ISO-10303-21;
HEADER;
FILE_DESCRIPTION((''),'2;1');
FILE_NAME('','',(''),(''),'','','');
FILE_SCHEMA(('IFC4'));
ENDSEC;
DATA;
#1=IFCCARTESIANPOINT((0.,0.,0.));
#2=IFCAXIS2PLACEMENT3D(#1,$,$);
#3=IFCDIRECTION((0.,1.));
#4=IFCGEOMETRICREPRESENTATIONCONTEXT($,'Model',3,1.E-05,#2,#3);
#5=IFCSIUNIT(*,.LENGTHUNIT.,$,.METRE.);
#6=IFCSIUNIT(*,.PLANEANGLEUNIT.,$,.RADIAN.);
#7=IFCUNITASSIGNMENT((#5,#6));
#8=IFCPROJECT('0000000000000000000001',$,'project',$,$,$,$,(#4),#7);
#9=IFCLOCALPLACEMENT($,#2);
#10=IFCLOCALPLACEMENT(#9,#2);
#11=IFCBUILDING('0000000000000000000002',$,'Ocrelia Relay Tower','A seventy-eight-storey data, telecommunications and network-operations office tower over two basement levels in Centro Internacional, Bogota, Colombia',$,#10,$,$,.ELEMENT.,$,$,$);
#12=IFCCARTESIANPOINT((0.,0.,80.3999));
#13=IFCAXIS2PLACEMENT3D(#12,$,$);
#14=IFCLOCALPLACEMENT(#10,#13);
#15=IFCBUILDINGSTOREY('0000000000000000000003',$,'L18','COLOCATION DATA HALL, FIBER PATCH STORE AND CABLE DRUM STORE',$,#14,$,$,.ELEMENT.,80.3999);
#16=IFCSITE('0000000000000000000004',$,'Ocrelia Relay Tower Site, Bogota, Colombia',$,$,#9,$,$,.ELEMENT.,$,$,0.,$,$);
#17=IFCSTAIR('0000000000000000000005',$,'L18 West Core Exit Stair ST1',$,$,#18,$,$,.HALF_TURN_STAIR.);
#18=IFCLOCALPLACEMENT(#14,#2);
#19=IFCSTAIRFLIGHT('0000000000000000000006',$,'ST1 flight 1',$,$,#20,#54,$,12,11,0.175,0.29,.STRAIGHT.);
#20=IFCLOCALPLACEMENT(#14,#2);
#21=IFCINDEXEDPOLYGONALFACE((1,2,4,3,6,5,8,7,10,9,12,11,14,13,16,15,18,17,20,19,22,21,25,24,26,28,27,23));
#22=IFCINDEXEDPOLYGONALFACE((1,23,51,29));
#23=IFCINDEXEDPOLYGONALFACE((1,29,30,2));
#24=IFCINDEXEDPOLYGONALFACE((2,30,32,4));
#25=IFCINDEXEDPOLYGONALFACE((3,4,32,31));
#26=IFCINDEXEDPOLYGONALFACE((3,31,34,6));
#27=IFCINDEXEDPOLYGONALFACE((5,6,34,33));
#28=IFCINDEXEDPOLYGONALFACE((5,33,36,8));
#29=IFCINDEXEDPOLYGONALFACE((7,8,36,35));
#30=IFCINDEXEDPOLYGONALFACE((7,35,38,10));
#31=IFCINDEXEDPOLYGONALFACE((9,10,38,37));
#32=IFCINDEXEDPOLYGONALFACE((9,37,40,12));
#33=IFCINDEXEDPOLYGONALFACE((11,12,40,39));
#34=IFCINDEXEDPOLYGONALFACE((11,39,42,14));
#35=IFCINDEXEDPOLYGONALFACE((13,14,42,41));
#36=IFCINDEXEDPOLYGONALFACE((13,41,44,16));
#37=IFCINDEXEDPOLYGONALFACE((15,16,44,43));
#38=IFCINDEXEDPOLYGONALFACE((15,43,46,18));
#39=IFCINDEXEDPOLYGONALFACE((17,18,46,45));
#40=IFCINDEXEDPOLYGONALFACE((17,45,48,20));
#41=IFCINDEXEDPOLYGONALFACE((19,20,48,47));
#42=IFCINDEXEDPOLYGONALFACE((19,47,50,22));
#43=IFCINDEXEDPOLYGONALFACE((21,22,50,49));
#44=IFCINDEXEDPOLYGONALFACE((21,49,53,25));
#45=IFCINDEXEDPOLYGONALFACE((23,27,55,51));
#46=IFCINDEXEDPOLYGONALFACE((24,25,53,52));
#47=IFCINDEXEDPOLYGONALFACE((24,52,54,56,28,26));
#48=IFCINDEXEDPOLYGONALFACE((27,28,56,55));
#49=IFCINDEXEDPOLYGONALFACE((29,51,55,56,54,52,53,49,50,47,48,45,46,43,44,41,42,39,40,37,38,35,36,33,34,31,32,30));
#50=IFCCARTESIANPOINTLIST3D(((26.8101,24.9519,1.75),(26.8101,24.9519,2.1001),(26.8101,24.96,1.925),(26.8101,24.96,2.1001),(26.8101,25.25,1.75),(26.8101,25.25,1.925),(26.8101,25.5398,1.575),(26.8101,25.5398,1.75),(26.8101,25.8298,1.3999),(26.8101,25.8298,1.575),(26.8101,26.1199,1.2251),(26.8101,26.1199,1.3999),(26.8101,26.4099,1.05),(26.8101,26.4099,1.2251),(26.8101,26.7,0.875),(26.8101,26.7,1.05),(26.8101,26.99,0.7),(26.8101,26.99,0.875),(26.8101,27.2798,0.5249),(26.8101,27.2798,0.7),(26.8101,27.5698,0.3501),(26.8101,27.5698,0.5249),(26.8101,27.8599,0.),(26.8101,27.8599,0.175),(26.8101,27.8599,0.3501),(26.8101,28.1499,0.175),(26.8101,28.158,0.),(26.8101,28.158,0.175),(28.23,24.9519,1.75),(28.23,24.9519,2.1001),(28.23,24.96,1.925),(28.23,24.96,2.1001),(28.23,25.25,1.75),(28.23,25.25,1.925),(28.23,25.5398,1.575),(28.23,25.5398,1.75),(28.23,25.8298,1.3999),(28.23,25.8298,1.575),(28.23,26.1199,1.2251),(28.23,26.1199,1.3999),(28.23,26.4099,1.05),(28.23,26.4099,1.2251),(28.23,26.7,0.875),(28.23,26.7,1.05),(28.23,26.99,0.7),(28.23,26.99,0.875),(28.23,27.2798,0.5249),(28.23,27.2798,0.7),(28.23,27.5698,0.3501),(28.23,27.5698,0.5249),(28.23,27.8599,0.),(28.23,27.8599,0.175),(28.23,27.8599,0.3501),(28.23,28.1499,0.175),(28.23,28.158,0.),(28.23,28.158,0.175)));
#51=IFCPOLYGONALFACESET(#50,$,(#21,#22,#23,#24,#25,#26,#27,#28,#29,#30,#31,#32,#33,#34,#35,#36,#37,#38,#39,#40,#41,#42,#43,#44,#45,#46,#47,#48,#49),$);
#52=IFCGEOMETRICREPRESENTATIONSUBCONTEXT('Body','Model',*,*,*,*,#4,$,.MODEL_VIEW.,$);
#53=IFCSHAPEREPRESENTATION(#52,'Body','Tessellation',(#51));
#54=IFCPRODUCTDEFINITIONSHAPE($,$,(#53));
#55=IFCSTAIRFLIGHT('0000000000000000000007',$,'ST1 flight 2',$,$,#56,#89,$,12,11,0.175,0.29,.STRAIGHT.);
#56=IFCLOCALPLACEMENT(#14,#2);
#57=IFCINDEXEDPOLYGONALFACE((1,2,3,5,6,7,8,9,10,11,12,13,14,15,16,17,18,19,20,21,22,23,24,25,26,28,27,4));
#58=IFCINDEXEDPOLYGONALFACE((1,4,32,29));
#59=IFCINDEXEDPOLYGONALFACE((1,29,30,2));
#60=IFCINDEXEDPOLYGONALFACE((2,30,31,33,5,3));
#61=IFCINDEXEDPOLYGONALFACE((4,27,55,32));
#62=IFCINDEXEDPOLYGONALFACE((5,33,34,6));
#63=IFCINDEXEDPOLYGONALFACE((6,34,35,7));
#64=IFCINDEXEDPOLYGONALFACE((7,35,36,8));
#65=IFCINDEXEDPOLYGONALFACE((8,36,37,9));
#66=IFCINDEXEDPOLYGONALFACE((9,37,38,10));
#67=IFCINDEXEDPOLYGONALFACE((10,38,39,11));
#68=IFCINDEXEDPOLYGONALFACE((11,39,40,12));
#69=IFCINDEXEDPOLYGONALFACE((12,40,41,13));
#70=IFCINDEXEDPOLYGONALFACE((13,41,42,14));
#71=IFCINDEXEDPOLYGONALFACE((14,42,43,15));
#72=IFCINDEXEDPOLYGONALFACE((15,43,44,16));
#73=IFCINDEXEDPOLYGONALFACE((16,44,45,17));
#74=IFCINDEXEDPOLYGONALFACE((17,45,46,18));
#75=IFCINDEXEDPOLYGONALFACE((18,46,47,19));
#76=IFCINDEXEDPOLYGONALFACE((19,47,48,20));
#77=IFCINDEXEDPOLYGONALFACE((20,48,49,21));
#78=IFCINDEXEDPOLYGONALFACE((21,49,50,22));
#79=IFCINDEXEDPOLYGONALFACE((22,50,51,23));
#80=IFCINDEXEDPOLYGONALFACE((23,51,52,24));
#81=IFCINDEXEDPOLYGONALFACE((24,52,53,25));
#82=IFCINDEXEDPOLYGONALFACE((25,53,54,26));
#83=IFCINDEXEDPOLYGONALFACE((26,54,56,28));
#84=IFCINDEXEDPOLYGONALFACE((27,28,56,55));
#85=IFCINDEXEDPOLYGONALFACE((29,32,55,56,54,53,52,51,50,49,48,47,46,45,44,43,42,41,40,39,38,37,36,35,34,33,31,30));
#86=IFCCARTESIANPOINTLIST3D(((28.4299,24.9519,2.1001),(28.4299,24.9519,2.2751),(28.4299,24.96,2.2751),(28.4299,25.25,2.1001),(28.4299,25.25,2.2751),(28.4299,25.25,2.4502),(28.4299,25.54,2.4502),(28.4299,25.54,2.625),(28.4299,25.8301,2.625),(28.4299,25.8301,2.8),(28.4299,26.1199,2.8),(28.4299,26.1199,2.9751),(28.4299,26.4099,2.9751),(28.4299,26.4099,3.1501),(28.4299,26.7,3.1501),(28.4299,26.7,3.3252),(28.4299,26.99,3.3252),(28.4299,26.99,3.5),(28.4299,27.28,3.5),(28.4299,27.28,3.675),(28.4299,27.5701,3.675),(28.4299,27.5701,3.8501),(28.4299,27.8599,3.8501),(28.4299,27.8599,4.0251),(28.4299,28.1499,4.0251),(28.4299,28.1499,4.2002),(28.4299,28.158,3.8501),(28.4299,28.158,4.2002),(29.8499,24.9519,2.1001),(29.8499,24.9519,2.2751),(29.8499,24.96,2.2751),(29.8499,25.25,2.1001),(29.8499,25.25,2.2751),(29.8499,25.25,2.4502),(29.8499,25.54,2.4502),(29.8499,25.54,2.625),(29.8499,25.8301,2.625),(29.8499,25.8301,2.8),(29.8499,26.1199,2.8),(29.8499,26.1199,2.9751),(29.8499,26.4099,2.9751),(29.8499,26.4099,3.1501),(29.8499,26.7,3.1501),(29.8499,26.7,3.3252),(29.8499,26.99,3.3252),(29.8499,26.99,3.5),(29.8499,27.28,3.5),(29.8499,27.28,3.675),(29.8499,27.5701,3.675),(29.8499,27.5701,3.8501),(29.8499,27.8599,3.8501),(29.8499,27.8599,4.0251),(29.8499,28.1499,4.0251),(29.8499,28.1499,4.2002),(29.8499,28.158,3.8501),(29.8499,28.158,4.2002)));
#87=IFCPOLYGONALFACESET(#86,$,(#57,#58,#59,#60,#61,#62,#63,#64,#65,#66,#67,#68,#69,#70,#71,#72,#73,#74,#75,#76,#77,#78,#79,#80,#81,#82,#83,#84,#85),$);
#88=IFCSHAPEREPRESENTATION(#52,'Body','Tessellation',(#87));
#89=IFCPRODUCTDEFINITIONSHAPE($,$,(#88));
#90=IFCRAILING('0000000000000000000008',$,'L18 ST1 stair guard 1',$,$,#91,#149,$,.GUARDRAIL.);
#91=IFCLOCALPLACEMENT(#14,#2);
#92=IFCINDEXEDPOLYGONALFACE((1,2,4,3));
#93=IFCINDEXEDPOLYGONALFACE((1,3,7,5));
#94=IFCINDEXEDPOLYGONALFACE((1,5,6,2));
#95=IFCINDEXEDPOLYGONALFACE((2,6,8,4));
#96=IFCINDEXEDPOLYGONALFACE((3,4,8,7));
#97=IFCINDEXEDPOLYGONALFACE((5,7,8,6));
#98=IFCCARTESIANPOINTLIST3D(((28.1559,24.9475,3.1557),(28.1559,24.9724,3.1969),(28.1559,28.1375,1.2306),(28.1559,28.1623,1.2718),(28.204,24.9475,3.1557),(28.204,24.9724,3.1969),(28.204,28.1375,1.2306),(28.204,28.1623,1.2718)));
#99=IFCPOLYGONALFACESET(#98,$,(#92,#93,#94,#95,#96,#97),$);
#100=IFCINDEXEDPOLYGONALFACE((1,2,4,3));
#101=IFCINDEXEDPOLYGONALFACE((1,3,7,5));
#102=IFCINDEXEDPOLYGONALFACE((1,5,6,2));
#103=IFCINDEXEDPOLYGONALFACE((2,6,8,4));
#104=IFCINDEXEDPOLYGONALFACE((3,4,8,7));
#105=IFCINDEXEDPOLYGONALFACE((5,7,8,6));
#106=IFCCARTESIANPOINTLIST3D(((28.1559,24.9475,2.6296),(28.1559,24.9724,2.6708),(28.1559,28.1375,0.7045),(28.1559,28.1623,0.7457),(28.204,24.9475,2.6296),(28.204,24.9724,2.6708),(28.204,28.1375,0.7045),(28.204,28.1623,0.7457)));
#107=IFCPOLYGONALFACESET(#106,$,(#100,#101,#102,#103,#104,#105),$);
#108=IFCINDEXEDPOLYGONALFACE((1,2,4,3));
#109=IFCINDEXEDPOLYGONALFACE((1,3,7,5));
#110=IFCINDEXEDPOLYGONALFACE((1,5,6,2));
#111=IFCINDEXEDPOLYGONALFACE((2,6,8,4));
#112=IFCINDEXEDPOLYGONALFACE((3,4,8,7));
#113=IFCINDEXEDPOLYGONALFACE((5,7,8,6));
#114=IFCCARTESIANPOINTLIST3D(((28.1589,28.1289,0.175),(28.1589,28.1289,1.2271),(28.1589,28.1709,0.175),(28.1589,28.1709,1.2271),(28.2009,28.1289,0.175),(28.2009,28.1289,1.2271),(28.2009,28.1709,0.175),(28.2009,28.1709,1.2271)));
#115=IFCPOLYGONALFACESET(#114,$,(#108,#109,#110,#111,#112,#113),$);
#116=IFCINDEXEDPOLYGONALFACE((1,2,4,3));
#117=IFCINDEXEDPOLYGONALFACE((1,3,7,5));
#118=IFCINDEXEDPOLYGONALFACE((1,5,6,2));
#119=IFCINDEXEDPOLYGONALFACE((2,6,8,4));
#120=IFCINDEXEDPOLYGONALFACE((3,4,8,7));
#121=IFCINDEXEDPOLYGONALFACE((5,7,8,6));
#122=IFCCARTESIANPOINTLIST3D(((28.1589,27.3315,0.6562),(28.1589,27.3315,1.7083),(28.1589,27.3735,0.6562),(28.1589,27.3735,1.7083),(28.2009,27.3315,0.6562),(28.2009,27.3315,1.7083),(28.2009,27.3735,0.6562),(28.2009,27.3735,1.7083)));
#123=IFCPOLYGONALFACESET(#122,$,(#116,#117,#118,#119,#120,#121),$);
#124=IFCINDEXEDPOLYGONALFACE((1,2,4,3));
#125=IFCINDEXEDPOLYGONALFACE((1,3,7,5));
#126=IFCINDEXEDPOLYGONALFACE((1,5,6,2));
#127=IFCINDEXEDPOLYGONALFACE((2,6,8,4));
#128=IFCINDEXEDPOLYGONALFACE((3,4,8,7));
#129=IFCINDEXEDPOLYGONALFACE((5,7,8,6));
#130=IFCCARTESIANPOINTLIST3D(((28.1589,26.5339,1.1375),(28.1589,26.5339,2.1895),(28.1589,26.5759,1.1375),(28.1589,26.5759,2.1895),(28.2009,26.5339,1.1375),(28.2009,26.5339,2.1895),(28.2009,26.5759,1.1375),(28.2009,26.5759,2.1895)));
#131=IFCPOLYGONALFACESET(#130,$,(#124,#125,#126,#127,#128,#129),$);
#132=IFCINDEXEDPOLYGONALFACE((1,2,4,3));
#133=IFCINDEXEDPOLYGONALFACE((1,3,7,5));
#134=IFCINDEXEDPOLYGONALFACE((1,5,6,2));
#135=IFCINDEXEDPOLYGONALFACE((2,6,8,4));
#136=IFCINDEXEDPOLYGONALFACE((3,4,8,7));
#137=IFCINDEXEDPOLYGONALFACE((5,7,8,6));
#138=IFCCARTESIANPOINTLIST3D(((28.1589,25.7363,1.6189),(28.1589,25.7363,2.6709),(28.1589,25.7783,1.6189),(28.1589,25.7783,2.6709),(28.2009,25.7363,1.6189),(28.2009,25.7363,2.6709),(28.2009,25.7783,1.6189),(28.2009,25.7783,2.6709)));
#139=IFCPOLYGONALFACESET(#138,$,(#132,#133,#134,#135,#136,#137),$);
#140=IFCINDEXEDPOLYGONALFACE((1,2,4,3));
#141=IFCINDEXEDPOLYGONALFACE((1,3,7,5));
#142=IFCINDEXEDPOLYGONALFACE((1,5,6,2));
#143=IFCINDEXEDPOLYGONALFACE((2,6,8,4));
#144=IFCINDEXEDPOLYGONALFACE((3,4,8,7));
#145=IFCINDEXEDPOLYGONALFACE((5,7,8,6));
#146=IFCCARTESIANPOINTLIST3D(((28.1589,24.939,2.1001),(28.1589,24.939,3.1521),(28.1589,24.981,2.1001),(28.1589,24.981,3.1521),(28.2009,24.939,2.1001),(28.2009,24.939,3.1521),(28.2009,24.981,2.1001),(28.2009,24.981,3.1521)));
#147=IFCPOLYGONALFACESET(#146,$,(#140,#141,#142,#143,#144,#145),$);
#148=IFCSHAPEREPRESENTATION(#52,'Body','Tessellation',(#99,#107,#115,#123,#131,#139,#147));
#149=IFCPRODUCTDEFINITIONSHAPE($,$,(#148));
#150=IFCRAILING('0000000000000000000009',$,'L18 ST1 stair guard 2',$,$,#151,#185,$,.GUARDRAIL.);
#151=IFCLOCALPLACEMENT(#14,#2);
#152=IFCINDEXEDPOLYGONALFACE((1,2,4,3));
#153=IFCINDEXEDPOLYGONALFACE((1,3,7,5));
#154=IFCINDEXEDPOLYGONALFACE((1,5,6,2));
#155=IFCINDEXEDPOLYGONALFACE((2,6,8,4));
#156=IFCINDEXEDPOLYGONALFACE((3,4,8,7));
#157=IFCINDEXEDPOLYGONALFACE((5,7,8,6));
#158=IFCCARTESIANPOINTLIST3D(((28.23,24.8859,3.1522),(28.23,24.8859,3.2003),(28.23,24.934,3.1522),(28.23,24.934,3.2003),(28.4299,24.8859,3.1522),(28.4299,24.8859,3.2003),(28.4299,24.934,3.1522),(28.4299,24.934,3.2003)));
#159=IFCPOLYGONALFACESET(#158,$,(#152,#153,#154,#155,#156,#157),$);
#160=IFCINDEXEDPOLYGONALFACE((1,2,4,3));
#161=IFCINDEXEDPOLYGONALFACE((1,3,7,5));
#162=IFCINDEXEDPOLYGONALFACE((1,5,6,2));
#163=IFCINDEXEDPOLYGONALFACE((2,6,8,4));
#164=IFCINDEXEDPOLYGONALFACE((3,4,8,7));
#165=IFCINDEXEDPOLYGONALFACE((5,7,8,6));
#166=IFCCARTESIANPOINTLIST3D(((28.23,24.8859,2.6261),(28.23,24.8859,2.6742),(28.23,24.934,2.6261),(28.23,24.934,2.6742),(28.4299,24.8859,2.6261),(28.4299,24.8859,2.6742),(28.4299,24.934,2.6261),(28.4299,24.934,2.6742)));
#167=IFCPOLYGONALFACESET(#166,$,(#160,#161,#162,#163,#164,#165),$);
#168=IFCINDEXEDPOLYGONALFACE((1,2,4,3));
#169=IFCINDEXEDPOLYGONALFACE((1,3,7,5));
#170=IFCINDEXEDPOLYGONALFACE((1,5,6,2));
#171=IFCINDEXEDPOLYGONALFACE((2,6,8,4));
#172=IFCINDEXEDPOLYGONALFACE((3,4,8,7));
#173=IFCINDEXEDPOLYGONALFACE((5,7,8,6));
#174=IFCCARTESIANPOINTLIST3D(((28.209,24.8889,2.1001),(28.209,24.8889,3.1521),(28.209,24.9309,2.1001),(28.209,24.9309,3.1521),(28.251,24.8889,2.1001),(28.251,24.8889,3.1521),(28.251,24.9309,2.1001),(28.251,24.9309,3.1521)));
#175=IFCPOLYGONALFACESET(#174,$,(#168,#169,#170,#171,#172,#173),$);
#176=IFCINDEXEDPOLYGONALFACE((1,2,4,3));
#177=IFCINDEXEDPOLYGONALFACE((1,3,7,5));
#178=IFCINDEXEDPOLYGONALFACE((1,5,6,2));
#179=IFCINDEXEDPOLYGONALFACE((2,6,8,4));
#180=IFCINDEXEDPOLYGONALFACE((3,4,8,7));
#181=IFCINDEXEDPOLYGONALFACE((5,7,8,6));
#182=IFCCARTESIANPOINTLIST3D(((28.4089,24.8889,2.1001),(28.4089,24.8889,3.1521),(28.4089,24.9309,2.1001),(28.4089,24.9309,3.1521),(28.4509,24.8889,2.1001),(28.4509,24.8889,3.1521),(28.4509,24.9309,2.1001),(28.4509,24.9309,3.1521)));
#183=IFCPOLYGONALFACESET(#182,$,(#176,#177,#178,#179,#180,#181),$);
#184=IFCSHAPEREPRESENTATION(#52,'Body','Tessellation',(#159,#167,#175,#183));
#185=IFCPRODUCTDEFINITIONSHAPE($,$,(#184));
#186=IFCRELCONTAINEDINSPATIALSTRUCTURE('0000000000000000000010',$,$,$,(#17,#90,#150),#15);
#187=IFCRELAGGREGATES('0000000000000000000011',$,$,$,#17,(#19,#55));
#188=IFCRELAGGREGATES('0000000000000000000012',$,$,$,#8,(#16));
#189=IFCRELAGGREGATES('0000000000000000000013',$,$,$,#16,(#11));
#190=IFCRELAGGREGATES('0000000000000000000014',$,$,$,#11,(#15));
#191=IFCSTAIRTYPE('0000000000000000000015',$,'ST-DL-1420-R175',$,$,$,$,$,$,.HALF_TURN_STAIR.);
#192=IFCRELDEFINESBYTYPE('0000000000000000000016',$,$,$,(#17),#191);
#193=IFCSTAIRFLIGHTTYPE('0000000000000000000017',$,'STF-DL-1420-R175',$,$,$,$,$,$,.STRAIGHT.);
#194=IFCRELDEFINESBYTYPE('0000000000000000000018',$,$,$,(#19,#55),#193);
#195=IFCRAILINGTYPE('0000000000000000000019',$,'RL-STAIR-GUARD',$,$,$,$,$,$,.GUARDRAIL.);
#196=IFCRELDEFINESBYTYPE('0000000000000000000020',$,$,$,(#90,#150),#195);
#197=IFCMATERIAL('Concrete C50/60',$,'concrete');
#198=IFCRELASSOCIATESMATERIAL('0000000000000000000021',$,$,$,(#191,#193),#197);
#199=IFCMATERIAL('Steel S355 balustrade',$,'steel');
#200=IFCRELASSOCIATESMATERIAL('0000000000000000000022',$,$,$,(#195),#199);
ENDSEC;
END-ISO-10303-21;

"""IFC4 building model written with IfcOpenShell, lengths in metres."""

from ifc_helpers import new_model, si_unit, direction, frame, origin, origin_2d, place, context, subcontext, project, spatial, polyline, rectangle, outline, extrude, material, type_object, element, aggregate, save


model = new_model("IFC4")

# Units and contexts
model_context = context("Model", 3, precision=1e-05, world=origin(), true_north=direction((0.0, 1.0)))
body_context = subcontext(model_context, "Body", "Model", "MODEL_VIEW")
ifc_project = project(units=[si_unit("LENGTHUNIT", "METRE"), si_unit("PLANEANGLEUNIT", "RADIAN")], contexts=[model_context])

# Site, building, storey
site_placement = place(None, origin())
site = spatial("IfcSite", under=ifc_project, at=site_placement, Name="Ocrelia Relay Tower Site, Bogota, Colombia", CompositionType="ELEMENT", RefElevation=0.0)
building_placement = place(site_placement, origin())
building = spatial("IfcBuilding", under=site, at=building_placement, Name="Ocrelia Relay Tower", Description="A seventy-eight-storey data, telecommunications and network-operations office tower over two basement levels in Centro Internacional, Bogota, Colombia", CompositionType="ELEMENT")
storey_placement = place(building_placement, frame((0.0, 0.0, 80.3999)))
storey = spatial("IfcBuildingStorey", under=building, at=storey_placement, Name="L18", Description="COLOCATION DATA HALL, FIBER PATCH STORE AND CABLE DRUM STORE", CompositionType="ELEMENT", Elevation=80.3999)

# Shared definitions
ifc_material_1 = material(Name="Concrete C50/60", Category="concrete")

# Stair, stair flights
stair_type = type_object("IfcStairType", Name="ST-DL-1420-R175", PredefinedType="HALF_TURN_STAIR", material=ifc_material_1)
stair_placement = place(storey_placement, origin())
stair = element("IfcStair", 1, at=stair_placement, inside=storey, type_object=stair_type, Name="L18 West Core Exit Stair ST1", PredefinedType="HALF_TURN_STAIR")
stair_flight_type = type_object("IfcStairFlightType", Name="STF-DL-1420-R175", PredefinedType="STRAIGHT", material=ifc_material_1)
stair_flight_1_placement = place(storey_placement, frame((27.52, 28.1499, 0.0), z_axis=(0.0, 0.0, 1.0), x_axis=(0.0, -1.0, 0.0)))
stair_flight_1 = element("IfcStairFlight", 2, at=stair_flight_1_placement, type_object=stair_flight_type, Name="ST1 flight 1", NumberOfRisers=12, NumberOfTreads=11, PredefinedType="STRAIGHT", RiserHeight=0.175, TreadLength=0.29, context=body_context, shape_type="SweptSolid", body=[
    extrude(outline(polyline([(-0.0081, 0.0), (-0.0081, 0.175), (0.0, 0.175), (0.29, 0.175), (0.29, 0.3501), (0.5801, 0.3501), (0.5801, 0.5249), (0.8701, 0.5249), (0.8701, 0.7), (1.1599, 0.7), (1.1599, 0.875), (1.45, 0.875), (1.45, 1.05), (1.74, 1.05), (1.74, 1.2251), (2.03, 1.2251), (2.03, 1.3999), (2.3201, 1.3999), (2.3201, 1.575), (2.6101, 1.575), (2.6101, 1.75), (2.8999, 1.75), (2.8999, 1.925), (3.1899, 1.925), (3.1899, 2.1001), (3.198, 2.1001), (3.198, 1.75), (0.29, 0.0), (-0.0081, 0.0)])), frame((0.0, 0.71, 0.0), z_axis=(0.0, -1.0, 0.0), x_axis=(1.0, 0.0, 0.0)), (0.0, 0.0, 1.0), 1.4199),
])
stair_flight_2_placement = place(storey_placement, frame((29.1399, 24.96, 2.1001), z_axis=(0.0, 0.0, 1.0), x_axis=(0.0, 1.0, 0.0)))
stair_flight_2 = element("IfcStairFlight", 3, at=stair_flight_2_placement, type_object=stair_flight_type, Name="ST1 flight 2", NumberOfRisers=12, NumberOfTreads=11, PredefinedType="STRAIGHT", RiserHeight=0.175, TreadLength=0.29, context=body_context, shape_type="SweptSolid", body=[
    extrude(outline(polyline([(-0.0081, 0.0), (-0.0081, 0.175), (0.0, 0.175), (0.29, 0.175), (0.29, 0.3501), (0.5801, 0.3501), (0.5801, 0.5249), (0.8701, 0.5249), (0.8701, 0.7), (1.1599, 0.7), (1.1599, 0.875), (1.45, 0.875), (1.45, 1.05), (1.74, 1.05), (1.74, 1.2251), (2.03, 1.2251), (2.03, 1.3999), (2.3201, 1.3999), (2.3201, 1.575), (2.6101, 1.575), (2.6101, 1.75), (2.8999, 1.75), (2.8999, 1.925), (3.1899, 1.925), (3.1899, 2.1001), (3.198, 2.1001), (3.198, 1.75), (0.29, 0.0), (-0.0081, 0.0)])), frame((0.0, 0.71, 0.0), z_axis=(0.0, -1.0, 0.0), x_axis=(1.0, 0.0, 0.0)), (0.0, 0.0, 1.0), 1.4199),
])
aggregate(stair, [stair_flight_1, stair_flight_2])

# Railings
ifc_material_2 = material(Name="Steel S355 balustrade", Category="steel")
railing_type_1 = type_object("IfcRailingType", Name="RL-STAIR-GUARD", PredefinedType="GUARDRAIL", material=ifc_material_2)
railing_1_placement = place(storey_placement, frame((28.1799, 28.1499, 0.175)))
element("IfcRailing", 4, at=railing_1_placement, inside=storey, type_object=railing_type_1, Name="L18 ST1 stair guard 1", PredefinedType="GUARDRAIL", context=body_context, shape_type="SweptSolid", body=[
    extrude(rectangle(XDim=0.0481, YDim=0.0481, at=origin_2d()), frame((0.0, 0.0, 1.0762), z_axis=(0.0, -0.856178, 0.516682), x_axis=(1.0, 0.0, 0.0)), (0.0, 0.0, 1.0), 3.7258),
    extrude(rectangle(XDim=0.0481, YDim=0.0481, at=origin_2d()), frame((0.0, 0.0, 0.55), z_axis=(0.0, -0.856178, 0.516682), x_axis=(1.0, 0.0, 0.0)), (0.0, 0.0, 1.0), 3.7258),
    extrude(rectangle(XDim=0.042, YDim=0.042, at=origin_2d()), origin(), (0.0, 0.0, 1.0), 1.052),
    extrude(rectangle(XDim=0.042, YDim=0.042, at=origin_2d()), frame((0.0, -0.7974, 0.4812)), (0.0, 0.0, 1.0), 1.052),
    extrude(rectangle(XDim=0.042, YDim=0.042, at=origin_2d()), frame((0.0, -1.595, 0.9624)), (0.0, 0.0, 1.0), 1.052),
    extrude(rectangle(XDim=0.042, YDim=0.042, at=origin_2d()), frame((0.0, -2.3926, 1.4438)), (0.0, 0.0, 1.0), 1.052),
    extrude(rectangle(XDim=0.042, YDim=0.042, at=origin_2d()), frame((0.0, -3.1899, 1.925)), (0.0, 0.0, 1.0), 1.052),
])
railing_2_placement = place(storey_placement, frame((28.23, 24.9099, 2.1001)))
element("IfcRailing", 5, at=railing_2_placement, inside=storey, type_object=railing_type_1, Name="L18 ST1 stair guard 2", PredefinedType="GUARDRAIL", context=body_context, shape_type="SweptSolid", body=[
    extrude(rectangle(XDim=0.0481, YDim=0.0481, at=origin_2d()), frame((0.0, 0.0, 1.0762), z_axis=(1.0, 0.0, 0.0), x_axis=(0.0, 1.0, 0.0)), (0.0, 0.0, 1.0), 0.2),
    extrude(rectangle(XDim=0.0481, YDim=0.0481, at=origin_2d()), frame((0.0, 0.0, 0.55), z_axis=(1.0, 0.0, 0.0), x_axis=(0.0, 1.0, 0.0)), (0.0, 0.0, 1.0), 0.2),
    extrude(rectangle(XDim=0.042, YDim=0.042, at=origin_2d()), origin(), (0.0, 0.0, 1.0), 1.052),
    extrude(rectangle(XDim=0.042, YDim=0.042, at=origin_2d()), frame((0.2, 0.0, 0.0)), (0.0, 0.0, 1.0), 1.052),
])

save(model, "model.ifc")
